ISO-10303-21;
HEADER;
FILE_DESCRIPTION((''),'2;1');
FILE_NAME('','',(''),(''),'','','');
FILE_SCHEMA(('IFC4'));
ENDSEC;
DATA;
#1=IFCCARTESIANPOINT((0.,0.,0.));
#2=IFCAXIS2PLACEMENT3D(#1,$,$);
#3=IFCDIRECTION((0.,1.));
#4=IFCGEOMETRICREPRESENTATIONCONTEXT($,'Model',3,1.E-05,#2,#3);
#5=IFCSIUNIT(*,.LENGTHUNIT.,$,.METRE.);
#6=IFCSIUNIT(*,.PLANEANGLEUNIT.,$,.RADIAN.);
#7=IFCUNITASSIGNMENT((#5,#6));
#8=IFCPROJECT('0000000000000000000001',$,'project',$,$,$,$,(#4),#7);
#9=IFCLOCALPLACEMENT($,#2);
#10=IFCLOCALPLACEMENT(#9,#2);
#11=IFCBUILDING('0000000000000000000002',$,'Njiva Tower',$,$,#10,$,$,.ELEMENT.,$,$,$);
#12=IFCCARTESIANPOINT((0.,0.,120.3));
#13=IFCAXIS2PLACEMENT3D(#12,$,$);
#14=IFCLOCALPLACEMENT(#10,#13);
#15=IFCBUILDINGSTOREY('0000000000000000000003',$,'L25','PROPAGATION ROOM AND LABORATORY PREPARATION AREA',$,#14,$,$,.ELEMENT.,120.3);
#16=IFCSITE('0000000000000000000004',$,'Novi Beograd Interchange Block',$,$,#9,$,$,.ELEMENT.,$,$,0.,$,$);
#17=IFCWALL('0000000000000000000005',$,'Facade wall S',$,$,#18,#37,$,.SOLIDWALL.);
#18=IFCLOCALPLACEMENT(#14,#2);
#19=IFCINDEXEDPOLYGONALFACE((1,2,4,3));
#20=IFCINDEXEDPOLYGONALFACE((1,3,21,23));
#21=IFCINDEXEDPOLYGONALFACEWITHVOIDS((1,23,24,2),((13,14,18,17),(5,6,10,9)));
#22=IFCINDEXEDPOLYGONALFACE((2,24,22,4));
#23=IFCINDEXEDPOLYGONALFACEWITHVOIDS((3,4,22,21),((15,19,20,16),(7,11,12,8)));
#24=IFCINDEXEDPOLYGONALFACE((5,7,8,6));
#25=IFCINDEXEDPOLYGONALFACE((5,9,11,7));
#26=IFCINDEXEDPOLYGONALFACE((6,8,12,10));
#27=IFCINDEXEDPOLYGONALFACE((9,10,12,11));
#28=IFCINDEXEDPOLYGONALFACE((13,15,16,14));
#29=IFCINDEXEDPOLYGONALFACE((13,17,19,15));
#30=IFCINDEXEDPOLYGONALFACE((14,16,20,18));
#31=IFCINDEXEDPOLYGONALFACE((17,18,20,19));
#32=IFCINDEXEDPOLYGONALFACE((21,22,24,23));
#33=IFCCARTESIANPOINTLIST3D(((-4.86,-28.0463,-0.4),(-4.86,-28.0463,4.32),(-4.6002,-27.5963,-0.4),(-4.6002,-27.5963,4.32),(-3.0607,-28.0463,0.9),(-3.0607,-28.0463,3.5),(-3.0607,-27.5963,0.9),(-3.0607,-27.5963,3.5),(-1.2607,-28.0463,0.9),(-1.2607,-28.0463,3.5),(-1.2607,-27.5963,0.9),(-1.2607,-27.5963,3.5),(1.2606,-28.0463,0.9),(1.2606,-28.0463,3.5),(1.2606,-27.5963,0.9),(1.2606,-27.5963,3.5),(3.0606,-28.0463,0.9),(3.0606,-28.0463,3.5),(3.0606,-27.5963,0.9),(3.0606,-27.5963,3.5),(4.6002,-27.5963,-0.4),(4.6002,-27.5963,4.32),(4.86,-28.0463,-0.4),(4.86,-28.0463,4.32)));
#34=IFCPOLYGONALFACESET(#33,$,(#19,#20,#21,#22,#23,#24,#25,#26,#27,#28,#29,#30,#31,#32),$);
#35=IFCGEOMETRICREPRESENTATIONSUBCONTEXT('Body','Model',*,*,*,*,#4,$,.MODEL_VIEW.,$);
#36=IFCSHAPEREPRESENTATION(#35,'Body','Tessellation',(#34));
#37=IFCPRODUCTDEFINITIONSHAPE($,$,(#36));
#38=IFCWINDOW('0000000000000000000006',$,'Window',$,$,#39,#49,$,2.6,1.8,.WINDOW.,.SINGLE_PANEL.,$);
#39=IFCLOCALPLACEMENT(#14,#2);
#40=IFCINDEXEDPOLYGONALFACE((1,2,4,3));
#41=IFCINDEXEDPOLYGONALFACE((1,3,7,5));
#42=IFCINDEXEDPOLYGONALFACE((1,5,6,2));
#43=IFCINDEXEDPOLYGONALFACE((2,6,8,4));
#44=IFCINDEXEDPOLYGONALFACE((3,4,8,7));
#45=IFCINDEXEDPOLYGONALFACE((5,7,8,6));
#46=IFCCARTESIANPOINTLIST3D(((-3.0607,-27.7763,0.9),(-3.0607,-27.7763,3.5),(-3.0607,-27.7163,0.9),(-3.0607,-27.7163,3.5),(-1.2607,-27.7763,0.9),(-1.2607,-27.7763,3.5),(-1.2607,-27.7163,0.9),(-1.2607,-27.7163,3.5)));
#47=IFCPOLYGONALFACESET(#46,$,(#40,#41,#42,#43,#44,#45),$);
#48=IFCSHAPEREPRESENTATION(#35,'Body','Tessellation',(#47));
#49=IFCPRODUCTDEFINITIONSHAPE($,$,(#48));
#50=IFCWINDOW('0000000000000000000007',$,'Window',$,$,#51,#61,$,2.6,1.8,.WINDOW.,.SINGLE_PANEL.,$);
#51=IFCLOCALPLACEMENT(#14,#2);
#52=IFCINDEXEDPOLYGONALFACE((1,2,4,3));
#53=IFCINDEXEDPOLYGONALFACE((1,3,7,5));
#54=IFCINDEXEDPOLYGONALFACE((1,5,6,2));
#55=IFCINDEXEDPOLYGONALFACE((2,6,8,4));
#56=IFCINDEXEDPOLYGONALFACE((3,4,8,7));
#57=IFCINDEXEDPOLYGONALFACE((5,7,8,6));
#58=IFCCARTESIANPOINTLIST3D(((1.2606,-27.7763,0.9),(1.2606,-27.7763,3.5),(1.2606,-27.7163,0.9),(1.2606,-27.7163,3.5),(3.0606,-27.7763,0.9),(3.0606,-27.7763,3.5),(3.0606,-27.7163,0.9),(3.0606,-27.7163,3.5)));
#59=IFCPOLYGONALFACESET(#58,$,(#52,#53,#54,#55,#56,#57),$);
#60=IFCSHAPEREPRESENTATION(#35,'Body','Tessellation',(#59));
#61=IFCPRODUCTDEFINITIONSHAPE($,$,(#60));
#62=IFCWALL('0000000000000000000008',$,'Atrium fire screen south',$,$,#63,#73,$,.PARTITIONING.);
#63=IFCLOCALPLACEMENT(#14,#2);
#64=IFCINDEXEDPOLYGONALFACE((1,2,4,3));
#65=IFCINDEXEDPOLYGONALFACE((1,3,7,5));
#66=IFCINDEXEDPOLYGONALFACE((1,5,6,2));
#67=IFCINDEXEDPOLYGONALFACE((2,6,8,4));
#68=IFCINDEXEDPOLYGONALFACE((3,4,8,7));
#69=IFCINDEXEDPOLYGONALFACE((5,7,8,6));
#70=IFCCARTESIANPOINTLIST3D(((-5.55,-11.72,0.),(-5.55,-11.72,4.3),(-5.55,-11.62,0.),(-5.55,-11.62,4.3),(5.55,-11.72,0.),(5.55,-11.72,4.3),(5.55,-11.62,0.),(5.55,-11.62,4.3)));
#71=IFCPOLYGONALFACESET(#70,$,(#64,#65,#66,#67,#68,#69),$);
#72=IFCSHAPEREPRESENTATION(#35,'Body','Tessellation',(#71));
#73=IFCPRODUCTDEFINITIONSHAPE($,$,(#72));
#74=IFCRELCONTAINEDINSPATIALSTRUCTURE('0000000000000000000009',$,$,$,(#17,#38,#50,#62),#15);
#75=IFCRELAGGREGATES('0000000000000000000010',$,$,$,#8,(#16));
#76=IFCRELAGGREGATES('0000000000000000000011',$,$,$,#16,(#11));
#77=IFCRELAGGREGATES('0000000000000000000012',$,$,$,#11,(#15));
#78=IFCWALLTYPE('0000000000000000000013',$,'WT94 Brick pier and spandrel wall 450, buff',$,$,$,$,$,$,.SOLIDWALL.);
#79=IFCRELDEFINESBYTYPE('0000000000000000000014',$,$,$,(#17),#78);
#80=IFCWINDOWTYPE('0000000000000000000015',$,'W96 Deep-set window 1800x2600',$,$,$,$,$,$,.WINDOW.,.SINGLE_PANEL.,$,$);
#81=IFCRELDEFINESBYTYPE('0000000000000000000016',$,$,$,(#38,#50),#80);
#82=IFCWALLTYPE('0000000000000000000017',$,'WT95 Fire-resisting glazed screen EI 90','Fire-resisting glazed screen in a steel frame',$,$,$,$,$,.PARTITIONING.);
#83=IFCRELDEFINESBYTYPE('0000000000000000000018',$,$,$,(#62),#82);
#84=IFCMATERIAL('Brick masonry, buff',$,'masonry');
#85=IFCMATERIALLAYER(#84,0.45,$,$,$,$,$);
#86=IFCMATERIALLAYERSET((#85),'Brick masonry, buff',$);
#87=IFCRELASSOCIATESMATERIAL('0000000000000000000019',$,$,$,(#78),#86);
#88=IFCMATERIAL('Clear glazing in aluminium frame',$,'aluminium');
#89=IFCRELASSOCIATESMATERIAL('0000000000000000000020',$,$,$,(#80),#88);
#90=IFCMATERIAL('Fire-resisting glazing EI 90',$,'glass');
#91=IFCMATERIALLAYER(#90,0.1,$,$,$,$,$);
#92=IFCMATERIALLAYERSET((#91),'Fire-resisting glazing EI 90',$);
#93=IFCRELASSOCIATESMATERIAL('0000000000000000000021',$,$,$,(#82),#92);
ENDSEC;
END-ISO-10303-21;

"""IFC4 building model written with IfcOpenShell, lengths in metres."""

from ifc_helpers import new_model, si_unit, direction, frame, frame_2d, origin, place, context, subcontext, project, spatial, polyline, rectangle, outline, extrude, material, layer, layer_set, type_object, element, fill, save


model = new_model("IFC4")

# Units and contexts
model_context = context("Model", 3, precision=1e-05, world=origin(), true_north=direction((0.0, 1.0)))
body_context = subcontext(model_context, "Body", "Model", "MODEL_VIEW")
ifc_project = project(units=[si_unit("LENGTHUNIT", "METRE"), si_unit("PLANEANGLEUNIT", "RADIAN")], contexts=[model_context])

# Site, building, storey
site_placement = place(None, origin())
site = spatial("IfcSite", under=ifc_project, at=site_placement, Name="Novi Beograd Interchange Block", CompositionType="ELEMENT", RefElevation=0.0)
building_placement = place(site_placement, origin())
building = spatial("IfcBuilding", under=site, at=building_placement, Name="Njiva Tower", CompositionType="ELEMENT")
storey_placement = place(building_placement, frame((0.0, 0.0, 120.3)))
storey = spatial("IfcBuildingStorey", under=building, at=storey_placement, Name="L25", Description="PROPAGATION ROOM AND LABORATORY PREPARATION AREA", CompositionType="ELEMENT", Elevation=120.3)

# Wall, openings, windows
ifc_material_1 = material(Name="Brick masonry, buff", Category="masonry")
ifc_layer_1 = layer(ifc_material_1, 0.45)
ifc_layer_set_1 = layer_set([ifc_layer_1], Name="Brick masonry, buff")
wall_type_1 = type_object("IfcWallType", Name="WT94 Brick pier and spandrel wall 450, buff", PredefinedType="SOLIDWALL", material=ifc_layer_set_1)
wall_1_placement = place(storey_placement, frame((-4.7301, -27.8213, -0.4), z_axis=(0.0, 0.0, 1.0), x_axis=(1.0, 0.0, 0.0)))
wall_1 = element("IfcWall", 1, at=wall_1_placement, inside=storey, type_object=wall_type_1, Name="Facade wall S", PredefinedType="SOLIDWALL", context=body_context, shape_type="SweptSolid", body=[
    extrude(outline(polyline([(-0.1299, -0.225), (9.5901, -0.225), (9.3303, 0.225), (0.1299, 0.225), (-0.1299, -0.225)])), origin(), (0.0, 0.0, 1.0), 4.72),
])
opening_1_placement = place(wall_1_placement, frame((1.6694, 0.0, 1.3)))
opening_1 = element("IfcOpeningElement", 2, at=opening_1_placement, cuts=wall_1, PredefinedType="OPENING", context=body_context, shape_type="SweptSolid", body=[
    extrude(rectangle(XDim=1.8, YDim=2.6, at=frame_2d((0.9, 1.3))), frame((0.0, 0.235, 0.0), z_axis=(0.0, -1.0, 0.0), x_axis=(1.0, 0.0, 0.0)), (0.0, 0.0, 1.0), 0.47),
])
opening_2_placement = place(wall_1_placement, frame((5.9907, 0.0, 1.3)))
opening_2 = element("IfcOpeningElement", 3, at=opening_2_placement, cuts=wall_1, PredefinedType="OPENING", context=body_context, shape_type="SweptSolid", body=[
    extrude(rectangle(XDim=1.8, YDim=2.6, at=frame_2d((0.9, 1.3))), frame((0.0, 0.235, 0.0), z_axis=(0.0, -1.0, 0.0), x_axis=(1.0, 0.0, 0.0)), (0.0, 0.0, 1.0), 0.47),
])
ifc_material_2 = material(Name="Clear glazing in aluminium frame", Category="aluminium")
window_type = type_object("IfcWindowType", Name="W96 Deep-set window 1800x2600", PartitioningType="SINGLE_PANEL", PredefinedType="WINDOW", material=ifc_material_2)
window_1_placement = place(opening_1_placement, origin())
window_1 = element("IfcWindow", 4, at=window_1_placement, inside=storey, type_object=window_type, Name="Window", OverallHeight=2.6, OverallWidth=1.8, PartitioningType="SINGLE_PANEL", PredefinedType="WINDOW", context=body_context, shape_type="SweptSolid", body=[
    extrude(rectangle(XDim=1.8, YDim=2.6, at=frame_2d((0.9, 1.3))), frame((0.0, 0.105, 0.0), z_axis=(0.0, -1.0, 0.0), x_axis=(1.0, 0.0, 0.0)), (0.0, 0.0, 1.0), 0.06),
])
fill(opening_1, window_1)
window_2_placement = place(opening_2_placement, origin())
window_2 = element("IfcWindow", 5, at=window_2_placement, inside=storey, type_object=window_type, Name="Window", OverallHeight=2.6, OverallWidth=1.8, PartitioningType="SINGLE_PANEL", PredefinedType="WINDOW", context=body_context, shape_type="SweptSolid", body=[
    extrude(rectangle(XDim=1.8, YDim=2.6, at=frame_2d((0.9, 1.3))), frame((0.0, 0.105, 0.0), z_axis=(0.0, -1.0, 0.0), x_axis=(1.0, 0.0, 0.0)), (0.0, 0.0, 1.0), 0.06),
])
fill(opening_2, window_2)

# Wall
ifc_material_3 = material(Name="Fire-resisting glazing EI 90", Category="glass")
ifc_layer_2 = layer(ifc_material_3, 0.1)
ifc_layer_set_2 = layer_set([ifc_layer_2], Name="Fire-resisting glazing EI 90")
wall_type_2 = type_object("IfcWallType", Name="WT95 Fire-resisting glazed screen EI 90", Description="Fire-resisting glazed screen in a steel frame", PredefinedType="PARTITIONING", material=ifc_layer_set_2)
wall_2_placement = place(storey_placement, frame((-5.55, -11.67, 0.0), z_axis=(0.0, 0.0, 1.0), x_axis=(1.0, 0.0, 0.0)))
element("IfcWall", 6, at=wall_2_placement, inside=storey, type_object=wall_type_2, Name="Atrium fire screen south", PredefinedType="PARTITIONING", context=body_context, shape_type="SweptSolid", body=[
    extrude(rectangle(XDim=11.1, YDim=0.1, at=frame_2d((5.55, 0.0))), origin(), (0.0, 0.0, 1.0), 4.3),
])

save(model, "model.ifc")
